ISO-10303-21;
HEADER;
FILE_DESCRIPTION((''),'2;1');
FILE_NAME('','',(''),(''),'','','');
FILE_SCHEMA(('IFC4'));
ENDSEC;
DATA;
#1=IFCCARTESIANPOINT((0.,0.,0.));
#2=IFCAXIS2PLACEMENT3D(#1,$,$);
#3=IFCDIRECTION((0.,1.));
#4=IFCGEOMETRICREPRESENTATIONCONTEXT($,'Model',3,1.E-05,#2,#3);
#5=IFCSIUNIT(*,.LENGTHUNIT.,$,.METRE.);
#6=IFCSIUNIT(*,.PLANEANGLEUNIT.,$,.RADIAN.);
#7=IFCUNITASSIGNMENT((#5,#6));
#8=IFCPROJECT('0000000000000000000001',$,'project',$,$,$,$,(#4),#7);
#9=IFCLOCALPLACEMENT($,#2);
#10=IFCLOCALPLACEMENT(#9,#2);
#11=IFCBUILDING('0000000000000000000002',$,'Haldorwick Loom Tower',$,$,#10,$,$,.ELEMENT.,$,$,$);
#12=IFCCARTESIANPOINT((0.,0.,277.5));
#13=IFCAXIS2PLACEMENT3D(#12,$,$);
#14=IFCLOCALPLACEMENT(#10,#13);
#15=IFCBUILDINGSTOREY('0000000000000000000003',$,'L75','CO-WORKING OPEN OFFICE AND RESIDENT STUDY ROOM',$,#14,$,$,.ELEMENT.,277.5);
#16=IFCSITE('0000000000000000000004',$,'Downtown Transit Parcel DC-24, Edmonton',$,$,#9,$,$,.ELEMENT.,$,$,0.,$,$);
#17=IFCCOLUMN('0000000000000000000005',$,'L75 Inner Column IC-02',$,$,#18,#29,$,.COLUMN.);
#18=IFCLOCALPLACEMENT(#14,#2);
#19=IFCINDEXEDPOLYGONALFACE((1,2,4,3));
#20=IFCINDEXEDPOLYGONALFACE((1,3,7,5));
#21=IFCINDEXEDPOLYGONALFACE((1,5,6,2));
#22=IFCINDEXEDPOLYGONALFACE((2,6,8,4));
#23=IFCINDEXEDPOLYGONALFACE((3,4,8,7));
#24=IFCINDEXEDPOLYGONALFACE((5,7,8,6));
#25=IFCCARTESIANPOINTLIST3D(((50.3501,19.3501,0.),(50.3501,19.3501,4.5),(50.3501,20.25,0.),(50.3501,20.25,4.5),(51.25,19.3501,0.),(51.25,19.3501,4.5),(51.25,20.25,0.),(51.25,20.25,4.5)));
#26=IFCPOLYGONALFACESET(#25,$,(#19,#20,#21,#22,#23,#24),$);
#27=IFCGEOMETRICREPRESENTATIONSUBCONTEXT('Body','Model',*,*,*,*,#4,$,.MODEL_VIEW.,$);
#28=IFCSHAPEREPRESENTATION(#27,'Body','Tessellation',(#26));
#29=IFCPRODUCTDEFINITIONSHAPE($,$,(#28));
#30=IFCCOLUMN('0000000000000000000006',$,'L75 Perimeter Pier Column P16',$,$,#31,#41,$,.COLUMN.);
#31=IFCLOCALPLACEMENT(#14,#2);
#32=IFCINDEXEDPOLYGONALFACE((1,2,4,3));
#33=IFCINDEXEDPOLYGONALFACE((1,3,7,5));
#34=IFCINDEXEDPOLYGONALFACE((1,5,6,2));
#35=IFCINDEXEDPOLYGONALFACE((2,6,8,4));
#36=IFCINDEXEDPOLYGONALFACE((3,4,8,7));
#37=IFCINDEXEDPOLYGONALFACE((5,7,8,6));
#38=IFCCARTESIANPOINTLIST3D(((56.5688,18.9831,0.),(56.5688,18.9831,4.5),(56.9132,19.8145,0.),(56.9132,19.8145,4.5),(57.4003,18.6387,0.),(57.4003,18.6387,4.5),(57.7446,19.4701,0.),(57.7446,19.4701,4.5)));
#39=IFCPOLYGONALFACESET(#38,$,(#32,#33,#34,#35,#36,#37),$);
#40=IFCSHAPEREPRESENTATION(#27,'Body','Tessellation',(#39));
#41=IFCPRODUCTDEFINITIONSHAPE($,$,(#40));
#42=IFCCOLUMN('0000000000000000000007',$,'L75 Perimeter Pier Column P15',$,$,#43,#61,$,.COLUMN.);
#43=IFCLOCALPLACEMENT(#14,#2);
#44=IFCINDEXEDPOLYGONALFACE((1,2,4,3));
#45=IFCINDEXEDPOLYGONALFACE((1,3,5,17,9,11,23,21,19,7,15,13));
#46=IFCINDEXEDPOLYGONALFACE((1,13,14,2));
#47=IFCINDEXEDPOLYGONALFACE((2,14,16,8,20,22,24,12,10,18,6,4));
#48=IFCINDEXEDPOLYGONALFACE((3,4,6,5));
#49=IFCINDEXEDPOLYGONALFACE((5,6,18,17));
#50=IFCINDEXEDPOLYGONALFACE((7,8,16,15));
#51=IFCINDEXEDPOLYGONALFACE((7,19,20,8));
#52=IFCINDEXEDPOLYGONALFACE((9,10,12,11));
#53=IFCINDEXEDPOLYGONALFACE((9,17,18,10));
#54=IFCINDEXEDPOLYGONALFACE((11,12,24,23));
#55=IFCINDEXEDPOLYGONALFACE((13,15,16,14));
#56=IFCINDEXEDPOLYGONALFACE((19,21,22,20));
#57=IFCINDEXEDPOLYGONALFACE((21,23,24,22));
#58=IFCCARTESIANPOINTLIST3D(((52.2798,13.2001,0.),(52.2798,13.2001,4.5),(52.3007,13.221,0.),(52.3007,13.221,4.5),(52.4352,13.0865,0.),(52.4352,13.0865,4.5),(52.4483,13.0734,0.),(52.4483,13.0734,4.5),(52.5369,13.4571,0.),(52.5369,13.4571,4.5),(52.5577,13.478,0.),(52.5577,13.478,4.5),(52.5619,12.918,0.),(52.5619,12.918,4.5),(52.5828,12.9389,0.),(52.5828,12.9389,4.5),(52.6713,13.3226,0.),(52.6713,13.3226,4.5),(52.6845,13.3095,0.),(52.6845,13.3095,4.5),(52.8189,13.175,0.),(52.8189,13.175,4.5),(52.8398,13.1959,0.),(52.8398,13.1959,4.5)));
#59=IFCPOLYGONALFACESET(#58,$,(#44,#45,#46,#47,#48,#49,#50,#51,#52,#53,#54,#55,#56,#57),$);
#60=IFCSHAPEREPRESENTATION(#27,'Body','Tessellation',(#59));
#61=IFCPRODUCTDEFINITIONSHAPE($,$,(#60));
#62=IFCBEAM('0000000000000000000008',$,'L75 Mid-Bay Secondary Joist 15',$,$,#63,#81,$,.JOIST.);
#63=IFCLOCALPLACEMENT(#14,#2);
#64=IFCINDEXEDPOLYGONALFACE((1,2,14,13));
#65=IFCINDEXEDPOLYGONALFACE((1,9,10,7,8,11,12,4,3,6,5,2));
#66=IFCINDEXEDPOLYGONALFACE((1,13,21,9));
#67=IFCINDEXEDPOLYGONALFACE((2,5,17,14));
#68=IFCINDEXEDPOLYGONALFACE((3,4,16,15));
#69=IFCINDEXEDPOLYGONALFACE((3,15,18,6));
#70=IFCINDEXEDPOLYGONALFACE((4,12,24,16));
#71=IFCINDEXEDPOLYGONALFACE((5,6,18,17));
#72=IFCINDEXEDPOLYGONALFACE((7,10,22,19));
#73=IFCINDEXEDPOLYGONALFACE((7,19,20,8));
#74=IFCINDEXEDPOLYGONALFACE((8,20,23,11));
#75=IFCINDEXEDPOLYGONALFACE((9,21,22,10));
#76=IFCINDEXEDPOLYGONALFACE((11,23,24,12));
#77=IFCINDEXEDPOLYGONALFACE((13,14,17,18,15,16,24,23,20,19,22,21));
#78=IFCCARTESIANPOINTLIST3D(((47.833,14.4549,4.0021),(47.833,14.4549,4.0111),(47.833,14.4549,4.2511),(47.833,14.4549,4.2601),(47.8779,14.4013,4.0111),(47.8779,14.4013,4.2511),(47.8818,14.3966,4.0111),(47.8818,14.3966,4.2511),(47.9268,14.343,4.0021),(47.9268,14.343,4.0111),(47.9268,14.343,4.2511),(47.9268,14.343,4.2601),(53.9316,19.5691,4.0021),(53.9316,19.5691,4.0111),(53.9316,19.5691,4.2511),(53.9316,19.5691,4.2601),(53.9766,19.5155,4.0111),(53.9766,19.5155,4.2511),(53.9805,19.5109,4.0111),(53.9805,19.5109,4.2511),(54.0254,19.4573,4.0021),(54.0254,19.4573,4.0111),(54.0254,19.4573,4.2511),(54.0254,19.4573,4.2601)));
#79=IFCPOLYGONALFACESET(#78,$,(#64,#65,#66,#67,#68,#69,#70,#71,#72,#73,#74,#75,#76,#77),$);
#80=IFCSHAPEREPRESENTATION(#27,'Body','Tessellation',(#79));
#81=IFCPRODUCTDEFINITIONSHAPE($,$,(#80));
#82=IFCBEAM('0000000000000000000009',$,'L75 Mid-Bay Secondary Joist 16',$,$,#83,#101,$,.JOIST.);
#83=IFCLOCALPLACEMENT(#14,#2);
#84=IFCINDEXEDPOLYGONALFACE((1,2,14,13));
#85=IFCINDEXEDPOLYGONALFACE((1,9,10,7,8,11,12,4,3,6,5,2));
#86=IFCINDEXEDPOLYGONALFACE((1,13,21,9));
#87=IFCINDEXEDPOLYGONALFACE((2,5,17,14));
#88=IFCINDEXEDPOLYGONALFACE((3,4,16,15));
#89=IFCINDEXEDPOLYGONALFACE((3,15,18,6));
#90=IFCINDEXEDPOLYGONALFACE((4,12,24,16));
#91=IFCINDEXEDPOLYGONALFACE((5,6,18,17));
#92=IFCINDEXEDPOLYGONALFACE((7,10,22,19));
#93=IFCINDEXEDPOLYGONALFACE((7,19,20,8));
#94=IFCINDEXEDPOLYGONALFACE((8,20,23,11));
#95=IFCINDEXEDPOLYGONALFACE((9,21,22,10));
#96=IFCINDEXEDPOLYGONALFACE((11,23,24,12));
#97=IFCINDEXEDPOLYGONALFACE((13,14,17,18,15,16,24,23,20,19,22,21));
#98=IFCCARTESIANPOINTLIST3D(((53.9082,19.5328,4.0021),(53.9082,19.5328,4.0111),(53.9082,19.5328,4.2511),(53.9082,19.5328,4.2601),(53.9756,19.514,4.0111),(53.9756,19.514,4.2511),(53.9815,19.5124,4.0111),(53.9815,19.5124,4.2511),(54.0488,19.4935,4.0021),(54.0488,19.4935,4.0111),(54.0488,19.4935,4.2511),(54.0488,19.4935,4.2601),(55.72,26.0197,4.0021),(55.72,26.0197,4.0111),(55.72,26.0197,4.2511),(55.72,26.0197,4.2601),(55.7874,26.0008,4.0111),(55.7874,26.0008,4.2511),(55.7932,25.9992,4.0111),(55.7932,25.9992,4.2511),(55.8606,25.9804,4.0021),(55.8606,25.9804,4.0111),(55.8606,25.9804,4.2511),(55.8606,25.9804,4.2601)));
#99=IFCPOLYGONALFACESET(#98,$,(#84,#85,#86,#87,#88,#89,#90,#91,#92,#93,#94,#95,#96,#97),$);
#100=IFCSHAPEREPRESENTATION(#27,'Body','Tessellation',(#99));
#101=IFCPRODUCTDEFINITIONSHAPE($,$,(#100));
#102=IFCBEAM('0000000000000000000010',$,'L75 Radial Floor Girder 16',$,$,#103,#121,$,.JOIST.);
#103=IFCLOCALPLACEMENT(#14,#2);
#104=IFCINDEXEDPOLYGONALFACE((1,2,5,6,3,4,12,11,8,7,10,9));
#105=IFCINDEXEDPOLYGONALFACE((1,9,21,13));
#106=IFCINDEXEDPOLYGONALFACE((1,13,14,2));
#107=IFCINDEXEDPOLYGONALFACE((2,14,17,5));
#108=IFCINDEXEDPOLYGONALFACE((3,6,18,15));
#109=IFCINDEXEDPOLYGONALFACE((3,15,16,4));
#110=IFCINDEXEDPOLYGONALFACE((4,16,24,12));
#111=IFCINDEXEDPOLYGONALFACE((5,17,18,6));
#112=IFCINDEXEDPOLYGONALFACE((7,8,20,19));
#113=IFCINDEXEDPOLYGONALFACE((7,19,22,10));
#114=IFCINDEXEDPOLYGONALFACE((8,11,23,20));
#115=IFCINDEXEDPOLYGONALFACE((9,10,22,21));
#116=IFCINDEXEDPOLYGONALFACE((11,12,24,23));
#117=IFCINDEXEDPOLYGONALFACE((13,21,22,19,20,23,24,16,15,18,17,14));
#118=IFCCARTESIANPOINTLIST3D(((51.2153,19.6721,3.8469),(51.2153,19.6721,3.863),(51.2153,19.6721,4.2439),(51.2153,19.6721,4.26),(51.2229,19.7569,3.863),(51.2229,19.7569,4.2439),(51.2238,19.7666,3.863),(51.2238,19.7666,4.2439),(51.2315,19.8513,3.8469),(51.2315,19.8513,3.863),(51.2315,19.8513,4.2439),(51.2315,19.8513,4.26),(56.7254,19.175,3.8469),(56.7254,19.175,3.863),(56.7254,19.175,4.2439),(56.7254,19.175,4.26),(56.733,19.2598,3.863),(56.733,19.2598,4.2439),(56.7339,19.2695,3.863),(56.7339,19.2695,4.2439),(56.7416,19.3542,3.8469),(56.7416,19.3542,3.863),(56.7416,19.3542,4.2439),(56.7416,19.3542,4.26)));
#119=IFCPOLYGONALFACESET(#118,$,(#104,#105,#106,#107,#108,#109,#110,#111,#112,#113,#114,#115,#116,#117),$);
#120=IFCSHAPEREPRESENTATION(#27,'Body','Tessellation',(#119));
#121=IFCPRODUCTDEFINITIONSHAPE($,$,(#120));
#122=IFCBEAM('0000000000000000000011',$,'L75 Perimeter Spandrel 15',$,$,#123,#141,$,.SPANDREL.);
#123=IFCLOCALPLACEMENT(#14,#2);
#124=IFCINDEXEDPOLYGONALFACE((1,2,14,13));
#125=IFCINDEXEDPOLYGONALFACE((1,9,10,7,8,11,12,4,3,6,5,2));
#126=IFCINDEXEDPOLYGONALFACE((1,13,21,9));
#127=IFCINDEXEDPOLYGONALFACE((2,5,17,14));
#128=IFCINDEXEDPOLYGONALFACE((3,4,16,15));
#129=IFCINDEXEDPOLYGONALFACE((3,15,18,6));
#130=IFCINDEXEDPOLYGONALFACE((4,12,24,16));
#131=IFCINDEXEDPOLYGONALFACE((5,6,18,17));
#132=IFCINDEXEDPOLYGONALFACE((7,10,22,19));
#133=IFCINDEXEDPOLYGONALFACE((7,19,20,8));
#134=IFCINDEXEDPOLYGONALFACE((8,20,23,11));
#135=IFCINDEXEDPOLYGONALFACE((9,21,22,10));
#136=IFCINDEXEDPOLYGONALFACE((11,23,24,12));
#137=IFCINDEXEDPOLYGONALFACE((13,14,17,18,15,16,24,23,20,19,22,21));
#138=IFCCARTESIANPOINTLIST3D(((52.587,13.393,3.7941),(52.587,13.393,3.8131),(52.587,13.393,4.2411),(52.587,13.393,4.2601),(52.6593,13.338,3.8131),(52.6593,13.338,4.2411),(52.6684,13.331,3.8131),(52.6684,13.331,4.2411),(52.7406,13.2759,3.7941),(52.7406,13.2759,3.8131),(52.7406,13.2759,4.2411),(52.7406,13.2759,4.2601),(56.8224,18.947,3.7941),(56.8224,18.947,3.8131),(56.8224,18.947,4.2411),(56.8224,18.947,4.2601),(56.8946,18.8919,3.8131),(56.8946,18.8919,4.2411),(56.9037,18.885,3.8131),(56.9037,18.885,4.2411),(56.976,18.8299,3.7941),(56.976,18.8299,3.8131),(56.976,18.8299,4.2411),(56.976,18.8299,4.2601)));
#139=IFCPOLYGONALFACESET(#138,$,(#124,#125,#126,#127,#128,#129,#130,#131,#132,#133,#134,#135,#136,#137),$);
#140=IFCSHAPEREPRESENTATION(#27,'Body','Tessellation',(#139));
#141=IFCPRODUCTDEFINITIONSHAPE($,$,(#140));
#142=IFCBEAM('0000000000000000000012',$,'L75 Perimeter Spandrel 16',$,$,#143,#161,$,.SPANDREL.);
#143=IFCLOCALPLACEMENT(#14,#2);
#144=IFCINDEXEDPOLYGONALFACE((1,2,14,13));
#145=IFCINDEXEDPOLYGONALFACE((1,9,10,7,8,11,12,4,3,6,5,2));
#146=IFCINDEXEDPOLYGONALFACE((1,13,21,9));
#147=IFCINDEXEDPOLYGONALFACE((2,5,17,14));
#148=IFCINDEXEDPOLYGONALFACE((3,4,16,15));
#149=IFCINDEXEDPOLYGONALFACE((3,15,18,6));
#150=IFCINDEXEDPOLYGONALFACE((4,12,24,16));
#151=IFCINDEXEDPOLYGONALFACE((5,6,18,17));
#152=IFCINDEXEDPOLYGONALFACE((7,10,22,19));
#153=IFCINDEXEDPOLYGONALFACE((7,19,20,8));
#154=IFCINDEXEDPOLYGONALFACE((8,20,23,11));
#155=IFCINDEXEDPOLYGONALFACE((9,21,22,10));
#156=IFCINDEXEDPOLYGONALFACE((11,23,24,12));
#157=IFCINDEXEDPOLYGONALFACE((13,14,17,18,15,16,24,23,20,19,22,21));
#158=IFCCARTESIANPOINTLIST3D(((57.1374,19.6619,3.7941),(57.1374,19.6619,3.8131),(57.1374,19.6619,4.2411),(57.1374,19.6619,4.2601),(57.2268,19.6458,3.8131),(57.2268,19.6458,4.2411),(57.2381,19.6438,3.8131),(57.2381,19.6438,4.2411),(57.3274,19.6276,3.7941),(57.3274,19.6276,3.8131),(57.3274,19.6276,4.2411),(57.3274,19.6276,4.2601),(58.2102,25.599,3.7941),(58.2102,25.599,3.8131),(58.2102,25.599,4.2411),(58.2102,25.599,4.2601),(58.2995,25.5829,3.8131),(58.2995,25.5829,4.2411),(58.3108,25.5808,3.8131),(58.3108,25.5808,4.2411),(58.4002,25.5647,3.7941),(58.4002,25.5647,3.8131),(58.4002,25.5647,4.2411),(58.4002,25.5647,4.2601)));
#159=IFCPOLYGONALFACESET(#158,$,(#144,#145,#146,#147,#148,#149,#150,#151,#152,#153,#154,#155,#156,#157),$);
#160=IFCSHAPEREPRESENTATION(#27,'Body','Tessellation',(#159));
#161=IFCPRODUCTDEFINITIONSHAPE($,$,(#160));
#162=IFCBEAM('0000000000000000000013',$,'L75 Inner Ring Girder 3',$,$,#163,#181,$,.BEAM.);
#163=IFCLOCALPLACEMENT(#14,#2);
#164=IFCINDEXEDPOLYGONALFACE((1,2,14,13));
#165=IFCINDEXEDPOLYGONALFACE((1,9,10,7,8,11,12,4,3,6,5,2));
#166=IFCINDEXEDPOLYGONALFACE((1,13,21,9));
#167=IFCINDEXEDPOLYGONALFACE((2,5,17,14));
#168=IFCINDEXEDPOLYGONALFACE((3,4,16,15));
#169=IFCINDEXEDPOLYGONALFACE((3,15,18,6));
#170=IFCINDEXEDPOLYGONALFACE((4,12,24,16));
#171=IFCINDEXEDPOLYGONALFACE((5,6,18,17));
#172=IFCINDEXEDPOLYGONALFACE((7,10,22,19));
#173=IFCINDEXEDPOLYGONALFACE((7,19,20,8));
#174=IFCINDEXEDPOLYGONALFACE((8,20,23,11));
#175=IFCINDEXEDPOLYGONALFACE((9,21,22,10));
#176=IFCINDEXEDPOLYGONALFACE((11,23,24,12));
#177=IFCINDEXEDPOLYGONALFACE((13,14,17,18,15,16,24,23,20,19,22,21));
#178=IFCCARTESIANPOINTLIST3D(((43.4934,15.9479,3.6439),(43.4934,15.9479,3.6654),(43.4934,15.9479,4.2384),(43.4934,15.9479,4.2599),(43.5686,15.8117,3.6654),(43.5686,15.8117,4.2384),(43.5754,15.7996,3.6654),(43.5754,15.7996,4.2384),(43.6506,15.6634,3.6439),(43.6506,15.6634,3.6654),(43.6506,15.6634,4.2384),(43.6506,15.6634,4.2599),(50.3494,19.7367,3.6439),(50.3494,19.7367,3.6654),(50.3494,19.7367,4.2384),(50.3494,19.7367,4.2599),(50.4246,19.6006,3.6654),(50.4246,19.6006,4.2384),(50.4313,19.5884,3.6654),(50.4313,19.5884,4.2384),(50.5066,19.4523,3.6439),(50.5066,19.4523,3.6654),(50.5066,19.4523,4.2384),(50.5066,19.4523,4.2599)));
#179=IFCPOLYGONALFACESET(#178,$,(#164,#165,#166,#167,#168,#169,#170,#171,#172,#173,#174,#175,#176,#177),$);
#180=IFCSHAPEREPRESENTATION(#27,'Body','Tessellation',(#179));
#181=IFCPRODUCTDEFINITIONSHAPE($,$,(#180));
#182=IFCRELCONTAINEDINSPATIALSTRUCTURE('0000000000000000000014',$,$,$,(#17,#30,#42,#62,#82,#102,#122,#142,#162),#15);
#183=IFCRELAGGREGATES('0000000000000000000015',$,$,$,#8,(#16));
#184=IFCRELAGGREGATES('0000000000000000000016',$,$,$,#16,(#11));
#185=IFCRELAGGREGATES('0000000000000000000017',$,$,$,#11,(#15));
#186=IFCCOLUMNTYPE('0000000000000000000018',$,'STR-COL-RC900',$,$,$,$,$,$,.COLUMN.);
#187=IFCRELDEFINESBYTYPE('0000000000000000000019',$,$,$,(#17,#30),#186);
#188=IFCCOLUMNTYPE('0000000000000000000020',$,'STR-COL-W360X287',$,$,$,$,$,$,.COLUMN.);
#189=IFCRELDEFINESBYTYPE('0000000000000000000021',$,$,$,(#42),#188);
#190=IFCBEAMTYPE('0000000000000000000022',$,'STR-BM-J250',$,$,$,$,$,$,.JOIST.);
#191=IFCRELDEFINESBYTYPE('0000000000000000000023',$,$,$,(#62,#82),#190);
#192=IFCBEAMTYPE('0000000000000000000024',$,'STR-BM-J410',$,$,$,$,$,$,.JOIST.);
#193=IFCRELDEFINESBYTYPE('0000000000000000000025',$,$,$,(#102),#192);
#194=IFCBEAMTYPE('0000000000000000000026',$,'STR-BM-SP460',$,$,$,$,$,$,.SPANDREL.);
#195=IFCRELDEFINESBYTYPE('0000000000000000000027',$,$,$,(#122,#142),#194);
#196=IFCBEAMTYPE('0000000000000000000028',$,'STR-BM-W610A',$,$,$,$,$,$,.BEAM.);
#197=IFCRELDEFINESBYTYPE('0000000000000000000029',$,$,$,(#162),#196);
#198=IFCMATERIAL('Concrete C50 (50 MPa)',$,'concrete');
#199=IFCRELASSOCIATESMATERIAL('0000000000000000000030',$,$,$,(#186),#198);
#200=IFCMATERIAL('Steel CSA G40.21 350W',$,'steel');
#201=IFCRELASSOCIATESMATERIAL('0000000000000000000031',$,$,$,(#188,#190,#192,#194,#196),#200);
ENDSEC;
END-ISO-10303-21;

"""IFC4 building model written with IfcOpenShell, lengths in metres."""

from ifc_helpers import new_model, si_unit, direction, frame, origin, origin_2d, place, context, subcontext, project, spatial, rectangle, i_section, extrude, material, material_profile, profile_set, type_object, element, save


model = new_model("IFC4")

# Units and contexts
model_context = context("Model", 3, precision=1e-05, world=origin(), true_north=direction((0.0, 1.0)))
body_context = subcontext(model_context, "Body", "Model", "MODEL_VIEW")
ifc_project = project(units=[si_unit("LENGTHUNIT", "METRE"), si_unit("PLANEANGLEUNIT", "RADIAN")], contexts=[model_context])

# Site, building, storey
site_placement = place(None, origin())
site = spatial("IfcSite", under=ifc_project, at=site_placement, Name="Downtown Transit Parcel DC-24, Edmonton", CompositionType="ELEMENT", RefElevation=0.0)
building_placement = place(site_placement, origin())
building = spatial("IfcBuilding", under=site, at=building_placement, Name="Haldorwick Loom Tower", CompositionType="ELEMENT")
storey_placement = place(building_placement, frame((0.0, 0.0, 277.5)))
storey = spatial("IfcBuildingStorey", under=building, at=storey_placement, Name="L75", Description="CO-WORKING OPEN OFFICE AND RESIDENT STUDY ROOM", CompositionType="ELEMENT", Elevation=277.5)

# Columns
ifc_material_1 = material(Name="Concrete C50 (50 MPa)", Category="concrete")
ifc_material_profile_1 = material_profile(ifc_material_1, rectangle(XDim=0.8999, YDim=0.8999, at=origin_2d()), Name="RC900X900", Category="concrete")
ifc_profile_set_1 = profile_set([ifc_material_profile_1], Name="Concrete C50 (50 MPa)")
column_type_1 = type_object("IfcColumnType", Name="STR-COL-RC900", PredefinedType="COLUMN", material=ifc_profile_set_1)
for number, where, z_axis, x_axis, name in (
    (1, (50.8, 19.8, 0.0), (0.0, 0.0, 1.0), (1.0, 0.0, 0.0), "L75 Inner Column IC-02"),
    (2, (57.1567, 19.2266, 0.0), (0.0, 0.0, 1.0), (0.92388, -0.382683, 0.0), "L75 Perimeter Pier Column P16"),
):
    element("IfcColumn", number, at=place(storey_placement, frame(where, z_axis=z_axis, x_axis=x_axis)), inside=storey, type_object=column_type_1, Name=name, PredefinedType="COLUMN", context=body_context, shape_type="SweptSolid", body=[
        extrude(rectangle(XDim=0.8999, YDim=0.8999, at=origin_2d()), origin(), (0.0, 0.0, 1.0), 4.5),
    ])
ifc_material_2 = material(Name="Steel CSA G40.21 350W", Category="steel")
ifc_material_profile_2 = material_profile(ifc_material_2, i_section(OverallWidth=0.3989, OverallDepth=0.3931, WebThickness=0.0186, FlangeThickness=0.0295, at=origin_2d()), Name="W360X287", Category="steel")
ifc_profile_set_2 = profile_set([ifc_material_profile_2], Name="Steel CSA G40.21 350W")
column_type_2 = type_object("IfcColumnType", Name="STR-COL-W360X287", PredefinedType="COLUMN", material=ifc_profile_set_2)
column_placement = place(storey_placement, frame((52.5598, 13.198, 0.0), z_axis=(0.0, 0.0, 1.0), x_axis=(0.707107, -0.707107, 0.0)))
element("IfcColumn", 3, at=column_placement, inside=storey, type_object=column_type_2, Name="L75 Perimeter Pier Column P15", PredefinedType="COLUMN", context=body_context, shape_type="SweptSolid", body=[
    extrude(i_section(OverallWidth=0.3989, OverallDepth=0.3931, WebThickness=0.0186, FlangeThickness=0.0295, at=origin_2d()), origin(), (0.0, 0.0, 1.0), 4.5),
])

# Beams
ifc_material_profile_3 = material_profile(ifc_material_2, i_section(OverallWidth=0.146, OverallDepth=0.2581, WebThickness=0.0061, FlangeThickness=0.009, at=origin_2d()), Name="W250X33", Category="steel")
ifc_profile_set_3 = profile_set([ifc_material_profile_3], Name="Steel CSA G40.21 350W")
beam_type_1 = type_object("IfcBeamType", Name="STR-BM-J250", PredefinedType="JOIST", material=ifc_profile_set_3)
beam_1_placement = place(storey_placement, frame((47.8799, 14.3989, 4.1311), z_axis=(0.766236, 0.642559, 0.0), x_axis=(-0.642559, 0.766236, 0.0)))
element("IfcBeam", 4, at=beam_1_placement, inside=storey, type_object=beam_type_1, Name="L75 Mid-Bay Secondary Joist 15", PredefinedType="JOIST", context=body_context, shape_type="SweptSolid", body=[
    extrude(i_section(OverallWidth=0.146, OverallDepth=0.2581, WebThickness=0.0061, FlangeThickness=0.009, at=origin_2d()), origin(), (0.0, 0.0, 1.0), 7.9592),
])
beam_2_placement = place(storey_placement, frame((53.9785, 19.5132, 4.1311), z_axis=(0.269005, 0.963139, 0.0), x_axis=(-0.963139, 0.269005, 0.0)))
element("IfcBeam", 5, at=beam_2_placement, inside=storey, type_object=beam_type_1, Name="L75 Mid-Bay Secondary Joist 16", PredefinedType="JOIST", context=body_context, shape_type="SweptSolid", body=[
    extrude(i_section(OverallWidth=0.146, OverallDepth=0.2581, WebThickness=0.0061, FlangeThickness=0.009, at=origin_2d()), origin(), (0.0, 0.0, 1.0), 6.7351),
])
ifc_material_profile_4 = material_profile(ifc_material_2, i_section(OverallWidth=0.1799, OverallDepth=0.4131, WebThickness=0.0098, FlangeThickness=0.0161, at=origin_2d()), Name="W410X74", Category="steel")
ifc_profile_set_4 = profile_set([ifc_material_profile_4], Name="Steel CSA G40.21 350W")
beam_type_2 = type_object("IfcBeamType", Name="STR-BM-J410", PredefinedType="JOIST", material=ifc_profile_set_4)
beam_3_placement = place(storey_placement, frame((51.2234, 19.7617, 4.0535), z_axis=(0.995956, -0.089847, 0.0), x_axis=(0.089847, 0.995956, 0.0)))
element("IfcBeam", 6, at=beam_3_placement, inside=storey, type_object=beam_type_2, Name="L75 Radial Floor Girder 16", PredefinedType="JOIST", context=body_context, shape_type="SweptSolid", body=[
    extrude(i_section(OverallWidth=0.1799, OverallDepth=0.4131, WebThickness=0.0098, FlangeThickness=0.0161, at=origin_2d()), origin(), (0.0, 0.0, 1.0), 5.5325),
])
ifc_material_profile_5 = material_profile(ifc_material_2, i_section(OverallWidth=0.1931, OverallDepth=0.4661, WebThickness=0.0115, FlangeThickness=0.019, at=origin_2d()), Name="W460X97", Category="steel")
ifc_profile_set_5 = profile_set([ifc_material_profile_5], Name="Steel CSA G40.21 350W")
beam_type_3 = type_object("IfcBeamType", Name="STR-BM-SP460", PredefinedType="SPANDREL", material=ifc_profile_set_5)
beam_4_placement = place(storey_placement, frame((52.6638, 13.3345, 4.0271), z_axis=(0.606384, 0.795172, 0.0), x_axis=(-0.795172, 0.606384, 0.0)))
element("IfcBeam", 7, at=beam_4_placement, inside=storey, type_object=beam_type_3, Name="L75 Perimeter Spandrel 15", PredefinedType="SPANDREL", context=body_context, shape_type="SweptSolid", body=[
    extrude(i_section(OverallWidth=0.1931, OverallDepth=0.4661, WebThickness=0.0115, FlangeThickness=0.019, at=origin_2d()), origin(), (0.0, 0.0, 1.0), 6.9846),
])
beam_5_placement = place(storey_placement, frame((57.2324, 19.6448, 4.0271), z_axis=(0.17781, 0.984065, 0.0), x_axis=(-0.984065, 0.17781, 0.0)))
element("IfcBeam", 8, at=beam_5_placement, inside=storey, type_object=beam_type_3, Name="L75 Perimeter Spandrel 16", PredefinedType="SPANDREL", context=body_context, shape_type="SweptSolid", body=[
    extrude(i_section(OverallWidth=0.1931, OverallDepth=0.4661, WebThickness=0.0115, FlangeThickness=0.019, at=origin_2d()), origin(), (0.0, 0.0, 1.0), 6.0332),
])
ifc_material_profile_6 = material_profile(ifc_material_2, i_section(OverallWidth=0.325, OverallDepth=0.616, WebThickness=0.0139, FlangeThickness=0.0215, at=origin_2d()), Name="W610X174", Category="steel")
ifc_profile_set_6 = profile_set([ifc_material_profile_6], Name="Steel CSA G40.21 350W")
beam_type_4 = type_object("IfcBeamType", Name="STR-BM-W610A", PredefinedType="BEAM", material=ifc_profile_set_6)
beam_6_placement = place(storey_placement, frame((50.428, 19.5945, 3.9519), z_axis=(-0.875242, -0.483686, 0.0), x_axis=(0.483686, -0.875242, 0.0)))
element("IfcBeam", 9, at=beam_6_placement, inside=storey, type_object=beam_type_4, Name="L75 Inner Ring Girder 3", PredefinedType="BEAM", context=body_context, shape_type="SweptSolid", body=[
    extrude(i_section(OverallWidth=0.325, OverallDepth=0.616, WebThickness=0.0139, FlangeThickness=0.0215, at=origin_2d()), origin(), (0.0, 0.0, 1.0), 7.8333),
])

save(model, "model.ifc")
